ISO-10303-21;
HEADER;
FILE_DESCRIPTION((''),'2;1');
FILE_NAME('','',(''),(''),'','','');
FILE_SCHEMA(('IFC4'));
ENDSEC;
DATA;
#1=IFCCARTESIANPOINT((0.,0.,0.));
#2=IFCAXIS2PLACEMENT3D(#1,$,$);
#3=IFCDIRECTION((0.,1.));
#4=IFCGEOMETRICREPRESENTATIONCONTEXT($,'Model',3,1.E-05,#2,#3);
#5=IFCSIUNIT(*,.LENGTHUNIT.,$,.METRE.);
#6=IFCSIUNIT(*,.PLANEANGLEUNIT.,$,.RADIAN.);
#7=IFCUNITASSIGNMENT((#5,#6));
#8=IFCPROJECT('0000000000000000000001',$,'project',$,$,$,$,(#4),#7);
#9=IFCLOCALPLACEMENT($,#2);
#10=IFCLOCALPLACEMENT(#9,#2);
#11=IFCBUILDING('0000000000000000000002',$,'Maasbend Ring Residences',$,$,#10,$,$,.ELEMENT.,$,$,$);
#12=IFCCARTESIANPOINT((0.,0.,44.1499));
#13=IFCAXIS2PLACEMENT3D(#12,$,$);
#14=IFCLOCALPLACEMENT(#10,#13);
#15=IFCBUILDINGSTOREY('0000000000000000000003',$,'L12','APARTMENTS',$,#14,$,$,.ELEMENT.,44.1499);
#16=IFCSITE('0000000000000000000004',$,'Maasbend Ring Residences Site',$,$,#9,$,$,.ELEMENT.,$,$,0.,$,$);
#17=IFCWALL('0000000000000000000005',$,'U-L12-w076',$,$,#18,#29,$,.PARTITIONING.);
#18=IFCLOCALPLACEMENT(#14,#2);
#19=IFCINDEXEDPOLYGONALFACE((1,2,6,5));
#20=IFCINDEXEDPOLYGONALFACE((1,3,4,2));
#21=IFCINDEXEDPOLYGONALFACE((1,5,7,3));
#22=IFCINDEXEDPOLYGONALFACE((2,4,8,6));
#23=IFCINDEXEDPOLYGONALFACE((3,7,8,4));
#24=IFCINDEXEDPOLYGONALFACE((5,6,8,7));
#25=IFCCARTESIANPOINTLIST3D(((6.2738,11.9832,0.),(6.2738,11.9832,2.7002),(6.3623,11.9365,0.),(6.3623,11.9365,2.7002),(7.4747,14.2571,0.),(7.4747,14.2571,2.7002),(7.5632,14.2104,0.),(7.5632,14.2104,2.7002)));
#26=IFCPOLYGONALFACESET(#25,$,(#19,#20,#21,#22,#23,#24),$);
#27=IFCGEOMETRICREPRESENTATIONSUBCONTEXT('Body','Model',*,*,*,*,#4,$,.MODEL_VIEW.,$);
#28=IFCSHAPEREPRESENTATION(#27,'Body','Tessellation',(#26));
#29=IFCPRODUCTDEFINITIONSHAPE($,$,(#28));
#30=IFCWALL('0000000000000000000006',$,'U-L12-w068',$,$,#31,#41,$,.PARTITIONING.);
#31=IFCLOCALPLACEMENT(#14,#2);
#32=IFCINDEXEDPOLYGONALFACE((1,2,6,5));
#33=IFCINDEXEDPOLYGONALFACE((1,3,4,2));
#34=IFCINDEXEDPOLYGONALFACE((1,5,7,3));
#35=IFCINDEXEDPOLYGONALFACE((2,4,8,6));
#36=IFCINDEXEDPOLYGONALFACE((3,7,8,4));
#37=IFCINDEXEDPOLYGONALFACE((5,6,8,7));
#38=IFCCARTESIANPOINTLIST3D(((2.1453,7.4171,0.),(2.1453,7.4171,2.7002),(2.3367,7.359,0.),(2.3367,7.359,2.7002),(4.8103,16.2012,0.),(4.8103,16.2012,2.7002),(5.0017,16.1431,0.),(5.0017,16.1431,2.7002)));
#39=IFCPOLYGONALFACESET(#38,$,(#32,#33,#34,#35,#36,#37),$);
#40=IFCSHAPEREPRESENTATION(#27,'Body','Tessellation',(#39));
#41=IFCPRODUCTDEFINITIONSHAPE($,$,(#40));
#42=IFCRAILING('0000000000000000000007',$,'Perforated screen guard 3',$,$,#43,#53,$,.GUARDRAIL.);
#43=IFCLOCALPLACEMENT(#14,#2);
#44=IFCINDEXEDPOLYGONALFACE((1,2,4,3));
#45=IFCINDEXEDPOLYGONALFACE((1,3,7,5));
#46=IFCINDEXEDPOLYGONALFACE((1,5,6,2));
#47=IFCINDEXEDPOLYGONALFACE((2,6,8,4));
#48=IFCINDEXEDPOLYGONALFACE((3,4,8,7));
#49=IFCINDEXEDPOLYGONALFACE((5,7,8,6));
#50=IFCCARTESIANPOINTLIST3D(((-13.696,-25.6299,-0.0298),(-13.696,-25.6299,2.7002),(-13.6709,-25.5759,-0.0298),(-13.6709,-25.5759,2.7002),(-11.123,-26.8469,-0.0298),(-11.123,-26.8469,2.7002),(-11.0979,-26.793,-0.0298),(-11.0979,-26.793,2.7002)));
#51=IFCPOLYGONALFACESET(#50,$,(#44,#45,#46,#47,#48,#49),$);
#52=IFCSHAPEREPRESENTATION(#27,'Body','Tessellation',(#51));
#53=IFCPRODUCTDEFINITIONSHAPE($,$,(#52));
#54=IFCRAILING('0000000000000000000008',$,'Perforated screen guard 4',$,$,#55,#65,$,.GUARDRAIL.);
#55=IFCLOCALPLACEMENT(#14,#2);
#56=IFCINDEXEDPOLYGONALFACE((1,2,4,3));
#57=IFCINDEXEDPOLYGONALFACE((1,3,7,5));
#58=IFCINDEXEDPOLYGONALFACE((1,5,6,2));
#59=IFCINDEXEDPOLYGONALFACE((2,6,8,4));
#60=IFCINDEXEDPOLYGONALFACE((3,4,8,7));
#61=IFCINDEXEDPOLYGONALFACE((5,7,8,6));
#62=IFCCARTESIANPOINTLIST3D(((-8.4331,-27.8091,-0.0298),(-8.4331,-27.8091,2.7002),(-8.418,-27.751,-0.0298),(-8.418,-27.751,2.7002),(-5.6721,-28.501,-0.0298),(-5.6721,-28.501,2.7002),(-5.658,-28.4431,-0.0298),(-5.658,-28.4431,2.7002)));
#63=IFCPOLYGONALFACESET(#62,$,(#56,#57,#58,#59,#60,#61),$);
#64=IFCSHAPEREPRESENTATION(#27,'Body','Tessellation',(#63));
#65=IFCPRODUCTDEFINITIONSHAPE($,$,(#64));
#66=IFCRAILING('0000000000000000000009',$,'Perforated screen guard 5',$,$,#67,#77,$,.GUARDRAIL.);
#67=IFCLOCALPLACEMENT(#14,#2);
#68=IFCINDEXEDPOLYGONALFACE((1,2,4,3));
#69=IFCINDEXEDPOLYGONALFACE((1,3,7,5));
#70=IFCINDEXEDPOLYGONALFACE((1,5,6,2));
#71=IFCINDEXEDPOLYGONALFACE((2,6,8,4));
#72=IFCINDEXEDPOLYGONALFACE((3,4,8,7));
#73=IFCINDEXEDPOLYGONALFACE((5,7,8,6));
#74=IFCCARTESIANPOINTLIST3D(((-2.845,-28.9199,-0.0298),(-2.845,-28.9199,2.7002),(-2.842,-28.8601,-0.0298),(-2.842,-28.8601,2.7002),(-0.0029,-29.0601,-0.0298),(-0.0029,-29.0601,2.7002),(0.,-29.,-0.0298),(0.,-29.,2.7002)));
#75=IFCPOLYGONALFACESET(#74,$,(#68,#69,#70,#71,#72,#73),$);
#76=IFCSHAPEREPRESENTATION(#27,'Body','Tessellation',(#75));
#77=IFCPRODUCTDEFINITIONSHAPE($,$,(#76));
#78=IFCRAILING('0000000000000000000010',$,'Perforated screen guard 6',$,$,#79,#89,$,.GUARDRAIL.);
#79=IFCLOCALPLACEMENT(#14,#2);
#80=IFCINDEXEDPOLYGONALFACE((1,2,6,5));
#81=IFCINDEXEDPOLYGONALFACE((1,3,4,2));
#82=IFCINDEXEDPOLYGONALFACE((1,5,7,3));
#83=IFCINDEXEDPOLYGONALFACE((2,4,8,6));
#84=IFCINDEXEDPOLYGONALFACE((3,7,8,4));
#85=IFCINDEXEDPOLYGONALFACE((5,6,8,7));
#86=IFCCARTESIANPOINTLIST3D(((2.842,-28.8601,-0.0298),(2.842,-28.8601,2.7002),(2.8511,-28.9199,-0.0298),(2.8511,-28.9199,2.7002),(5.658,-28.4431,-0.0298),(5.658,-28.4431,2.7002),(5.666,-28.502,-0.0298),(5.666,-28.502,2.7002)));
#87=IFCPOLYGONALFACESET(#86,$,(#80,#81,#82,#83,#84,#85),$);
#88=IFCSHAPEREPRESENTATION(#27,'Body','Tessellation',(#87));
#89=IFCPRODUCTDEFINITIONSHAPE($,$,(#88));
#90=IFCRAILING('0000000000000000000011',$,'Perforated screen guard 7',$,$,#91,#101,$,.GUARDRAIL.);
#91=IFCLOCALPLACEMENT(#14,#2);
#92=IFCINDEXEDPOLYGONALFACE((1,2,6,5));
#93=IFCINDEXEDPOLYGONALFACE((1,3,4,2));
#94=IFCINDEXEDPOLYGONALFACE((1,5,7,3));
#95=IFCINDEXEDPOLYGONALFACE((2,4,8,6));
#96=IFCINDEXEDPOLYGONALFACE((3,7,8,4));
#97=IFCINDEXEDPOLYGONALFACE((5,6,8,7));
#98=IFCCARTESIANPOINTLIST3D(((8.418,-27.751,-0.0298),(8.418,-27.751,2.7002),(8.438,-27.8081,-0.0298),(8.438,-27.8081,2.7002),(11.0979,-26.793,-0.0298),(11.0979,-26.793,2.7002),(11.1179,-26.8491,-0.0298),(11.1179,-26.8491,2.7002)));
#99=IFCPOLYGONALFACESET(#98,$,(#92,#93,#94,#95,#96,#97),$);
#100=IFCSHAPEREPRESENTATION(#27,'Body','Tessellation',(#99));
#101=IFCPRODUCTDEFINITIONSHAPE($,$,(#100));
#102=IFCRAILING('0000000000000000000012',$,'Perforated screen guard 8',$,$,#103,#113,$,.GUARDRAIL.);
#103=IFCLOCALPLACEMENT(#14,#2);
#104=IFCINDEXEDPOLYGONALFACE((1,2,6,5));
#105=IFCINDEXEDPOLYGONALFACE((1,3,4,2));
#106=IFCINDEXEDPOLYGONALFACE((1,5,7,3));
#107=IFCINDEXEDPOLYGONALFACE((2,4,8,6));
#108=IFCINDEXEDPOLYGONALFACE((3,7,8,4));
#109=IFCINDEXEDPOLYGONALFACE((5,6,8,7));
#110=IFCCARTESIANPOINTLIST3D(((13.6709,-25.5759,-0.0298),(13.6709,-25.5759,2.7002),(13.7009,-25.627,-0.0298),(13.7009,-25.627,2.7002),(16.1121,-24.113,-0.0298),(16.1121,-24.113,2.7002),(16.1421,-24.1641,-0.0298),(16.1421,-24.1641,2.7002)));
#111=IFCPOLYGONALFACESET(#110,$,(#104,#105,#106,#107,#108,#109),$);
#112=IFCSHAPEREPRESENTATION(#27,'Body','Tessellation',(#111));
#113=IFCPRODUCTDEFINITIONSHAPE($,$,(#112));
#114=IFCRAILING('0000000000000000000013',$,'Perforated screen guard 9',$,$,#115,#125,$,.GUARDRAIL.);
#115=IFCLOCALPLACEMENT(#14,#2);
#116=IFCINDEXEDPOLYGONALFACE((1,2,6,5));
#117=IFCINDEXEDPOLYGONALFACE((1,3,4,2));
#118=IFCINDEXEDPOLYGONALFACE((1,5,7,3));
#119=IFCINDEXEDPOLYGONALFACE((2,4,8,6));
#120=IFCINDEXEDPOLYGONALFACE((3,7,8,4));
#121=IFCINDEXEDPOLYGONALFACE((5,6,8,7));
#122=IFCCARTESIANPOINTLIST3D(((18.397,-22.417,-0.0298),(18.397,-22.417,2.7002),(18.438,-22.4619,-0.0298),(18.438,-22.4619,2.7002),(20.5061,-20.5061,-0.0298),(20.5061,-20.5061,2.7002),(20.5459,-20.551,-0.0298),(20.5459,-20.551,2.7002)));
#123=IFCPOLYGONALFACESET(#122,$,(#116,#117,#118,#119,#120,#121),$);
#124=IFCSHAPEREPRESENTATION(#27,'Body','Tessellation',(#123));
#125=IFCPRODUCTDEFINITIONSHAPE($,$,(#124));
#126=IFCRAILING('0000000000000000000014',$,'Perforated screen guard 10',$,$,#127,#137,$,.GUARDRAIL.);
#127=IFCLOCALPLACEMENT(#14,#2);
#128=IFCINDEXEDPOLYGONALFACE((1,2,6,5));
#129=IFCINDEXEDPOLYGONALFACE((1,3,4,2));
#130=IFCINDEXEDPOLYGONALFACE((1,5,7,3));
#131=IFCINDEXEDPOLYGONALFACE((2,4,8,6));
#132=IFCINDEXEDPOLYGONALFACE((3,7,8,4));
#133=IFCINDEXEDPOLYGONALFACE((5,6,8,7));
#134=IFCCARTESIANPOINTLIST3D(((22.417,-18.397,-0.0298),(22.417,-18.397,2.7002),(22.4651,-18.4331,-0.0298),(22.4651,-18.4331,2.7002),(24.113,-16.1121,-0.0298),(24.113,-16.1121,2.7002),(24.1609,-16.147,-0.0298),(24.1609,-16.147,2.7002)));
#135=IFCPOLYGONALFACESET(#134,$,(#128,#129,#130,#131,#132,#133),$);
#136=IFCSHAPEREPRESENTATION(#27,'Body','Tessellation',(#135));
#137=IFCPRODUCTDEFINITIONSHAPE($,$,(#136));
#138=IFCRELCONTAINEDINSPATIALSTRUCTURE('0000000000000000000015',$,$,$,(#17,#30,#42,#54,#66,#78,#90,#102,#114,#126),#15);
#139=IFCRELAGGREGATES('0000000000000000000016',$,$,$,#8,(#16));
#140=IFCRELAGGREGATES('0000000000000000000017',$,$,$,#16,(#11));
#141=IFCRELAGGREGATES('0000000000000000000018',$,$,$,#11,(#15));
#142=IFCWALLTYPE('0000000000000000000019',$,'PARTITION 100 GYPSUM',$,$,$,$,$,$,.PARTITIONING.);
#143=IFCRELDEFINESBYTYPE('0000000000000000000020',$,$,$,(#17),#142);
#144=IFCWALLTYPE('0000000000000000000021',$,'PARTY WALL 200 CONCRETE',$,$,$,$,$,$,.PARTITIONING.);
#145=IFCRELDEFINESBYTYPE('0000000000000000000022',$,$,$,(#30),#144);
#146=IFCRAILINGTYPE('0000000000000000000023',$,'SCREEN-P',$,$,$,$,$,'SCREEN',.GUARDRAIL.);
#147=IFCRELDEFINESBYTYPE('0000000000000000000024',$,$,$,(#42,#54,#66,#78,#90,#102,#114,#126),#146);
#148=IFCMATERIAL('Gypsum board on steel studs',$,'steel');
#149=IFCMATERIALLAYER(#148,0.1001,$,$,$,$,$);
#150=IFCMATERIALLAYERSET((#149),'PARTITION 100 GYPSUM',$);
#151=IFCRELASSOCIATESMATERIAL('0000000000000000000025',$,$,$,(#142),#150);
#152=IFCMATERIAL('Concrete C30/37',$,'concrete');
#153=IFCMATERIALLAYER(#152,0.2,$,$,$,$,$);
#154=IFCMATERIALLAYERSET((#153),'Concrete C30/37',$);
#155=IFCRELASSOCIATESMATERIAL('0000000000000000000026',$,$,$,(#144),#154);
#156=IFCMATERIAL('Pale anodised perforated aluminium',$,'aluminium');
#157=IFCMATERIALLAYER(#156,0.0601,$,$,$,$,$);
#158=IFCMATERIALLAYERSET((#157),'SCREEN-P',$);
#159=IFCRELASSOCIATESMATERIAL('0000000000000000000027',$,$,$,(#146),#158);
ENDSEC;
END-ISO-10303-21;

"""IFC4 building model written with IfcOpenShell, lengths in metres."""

from ifc_helpers import new_model, si_unit, direction, frame, frame_2d, origin, place, context, subcontext, project, spatial, polyline, rectangle, outline, extrude, material, layer, layer_set, type_object, element, save


model = new_model("IFC4")

# Units and contexts
model_context = context("Model", 3, precision=1e-05, world=origin(), true_north=direction((0.0, 1.0)))
body_context = subcontext(model_context, "Body", "Model", "MODEL_VIEW")
ifc_project = project(units=[si_unit("LENGTHUNIT", "METRE"), si_unit("PLANEANGLEUNIT", "RADIAN")], contexts=[model_context])

# Site, building, storey
site_placement = place(None, origin())
site = spatial("IfcSite", under=ifc_project, at=site_placement, Name="Maasbend Ring Residences Site", CompositionType="ELEMENT", RefElevation=0.0)
building_placement = place(site_placement, origin())
building = spatial("IfcBuilding", under=site, at=building_placement, Name="Maasbend Ring Residences", CompositionType="ELEMENT")
storey_placement = place(building_placement, frame((0.0, 0.0, 44.1499)))
storey = spatial("IfcBuildingStorey", under=building, at=storey_placement, Name="L12", Description="APARTMENTS", CompositionType="ELEMENT", Elevation=44.1499)

# Shared definitions
ifc_material_1 = material(Name="Gypsum board on steel studs", Category="steel")
ifc_layer_1 = layer(ifc_material_1, 0.1001)
ifc_layer_set_1 = layer_set([ifc_layer_1], Name="PARTITION 100 GYPSUM")
wall_type_1 = type_object("IfcWallType", Name="PARTITION 100 GYPSUM", PredefinedType="PARTITIONING", material=ifc_layer_set_1)

# Walls
wall_1_placement = place(storey_placement, frame((6.3181, 11.96, 0.0), z_axis=(0.0, 0.0, 1.0), x_axis=(0.467002, 0.884256, 0.0)))
element("IfcWall", 1, at=wall_1_placement, inside=storey, type_object=wall_type_1, Name="U-L12-w076", PredefinedType="PARTITIONING", context=body_context, shape_type="SweptSolid", body=[
    extrude(rectangle(XDim=2.5715, YDim=0.1001, at=frame_2d((1.2856, 0.0))), origin(), (0.0, 0.0, 1.0), 2.7002),
])
ifc_material_2 = material(Name="Concrete C30/37", Category="concrete")
ifc_layer_2 = layer(ifc_material_2, 0.2)
ifc_layer_set_2 = layer_set([ifc_layer_2], Name="Concrete C30/37")
wall_type_2 = type_object("IfcWallType", Name="PARTY WALL 200 CONCRETE", PredefinedType="PARTITIONING", material=ifc_layer_set_2)
wall_2_placement = place(storey_placement, frame((2.241, 7.3879, 0.0), z_axis=(0.0, 0.0, 1.0), x_axis=(0.290323, 0.956929, 0.0)))
element("IfcWall", 2, at=wall_2_placement, inside=storey, type_object=wall_type_2, Name="U-L12-w068", PredefinedType="PARTITIONING", context=body_context, shape_type="SweptSolid", body=[
    extrude(rectangle(XDim=9.1794, YDim=0.2, at=frame_2d((4.5898, 0.0))), origin(), (0.0, 0.0, 1.0), 2.7002),
])

# Railings
ifc_material_3 = material(Name="Pale anodised perforated aluminium", Category="aluminium")
ifc_layer_3 = layer(ifc_material_3, 0.0601)
ifc_layer_set_3 = layer_set([ifc_layer_3], Name="SCREEN-P")
railing_type = type_object("IfcRailingType", Name="SCREEN-P", ElementType="SCREEN", PredefinedType="GUARDRAIL", material=ifc_layer_set_3)
railing_1_placement = place(storey_placement, frame((0.0, 0.0, -0.0298)))
element("IfcRailing", 3, at=railing_1_placement, inside=storey, type_object=railing_type, Name="Perforated screen guard 3", PredefinedType="GUARDRAIL", context=body_context, shape_type="SweptSolid", body=[
    extrude(outline(polyline([(-13.6709, -25.5759), (-11.0979, -26.793), (-11.123, -26.8469), (-13.696, -25.6299), (-13.6709, -25.5759)])), origin(), (0.0, 0.0, 1.0), 2.73),
])
railing_2_placement = place(storey_placement, frame((0.0, 0.0, -0.0298)))
element("IfcRailing", 4, at=railing_2_placement, inside=storey, type_object=railing_type, Name="Perforated screen guard 4", PredefinedType="GUARDRAIL", context=body_context, shape_type="SweptSolid", body=[
    extrude(outline(polyline([(-8.418, -27.751), (-5.658, -28.4431), (-5.6721, -28.501), (-8.4331, -27.8091), (-8.418, -27.751)])), origin(), (0.0, 0.0, 1.0), 2.73),
])
railing_3_placement = place(storey_placement, frame((0.0, 0.0, -0.0298)))
element("IfcRailing", 5, at=railing_3_placement, inside=storey, type_object=railing_type, Name="Perforated screen guard 5", PredefinedType="GUARDRAIL", context=body_context, shape_type="SweptSolid", body=[
    extrude(outline(polyline([(-2.842, -28.8601), (0.0, -29.0), (-0.0029, -29.0601), (-2.845, -28.9199), (-2.842, -28.8601)])), origin(), (0.0, 0.0, 1.0), 2.73),
])
railing_4_placement = place(storey_placement, frame((0.0, 0.0, -0.0298)))
element("IfcRailing", 6, at=railing_4_placement, inside=storey, type_object=railing_type, Name="Perforated screen guard 6", PredefinedType="GUARDRAIL", context=body_context, shape_type="SweptSolid", body=[
    extrude(outline(polyline([(2.842, -28.8601), (5.658, -28.4431), (5.666, -28.502), (2.8511, -28.9199), (2.842, -28.8601)])), origin(), (0.0, 0.0, 1.0), 2.73),
])
railing_5_placement = place(storey_placement, frame((0.0, 0.0, -0.0298)))
element("IfcRailing", 7, at=railing_5_placement, inside=storey, type_object=railing_type, Name="Perforated screen guard 7", PredefinedType="GUARDRAIL", context=body_context, shape_type="SweptSolid", body=[
    extrude(outline(polyline([(8.418, -27.751), (11.0979, -26.793), (11.1179, -26.8491), (8.438, -27.8081), (8.418, -27.751)])), origin(), (0.0, 0.0, 1.0), 2.73),
])
railing_6_placement = place(storey_placement, frame((0.0, 0.0, -0.0298)))
element("IfcRailing", 8, at=railing_6_placement, inside=storey, type_object=railing_type, Name="Perforated screen guard 8", PredefinedType="GUARDRAIL", context=body_context, shape_type="SweptSolid", body=[
    extrude(outline(polyline([(13.6709, -25.5759), (16.1121, -24.113), (16.1421, -24.1641), (13.7009, -25.627), (13.6709, -25.5759)])), origin(), (0.0, 0.0, 1.0), 2.73),
])
railing_7_placement = place(storey_placement, frame((0.0, 0.0, -0.0298)))
element("IfcRailing", 9, at=railing_7_placement, inside=storey, type_object=railing_type, Name="Perforated screen guard 9", PredefinedType="GUARDRAIL", context=body_context, shape_type="SweptSolid", body=[
    extrude(outline(polyline([(18.397, -22.417), (20.5061, -20.5061), (20.5459, -20.551), (18.438, -22.4619), (18.397, -22.417)])), origin(), (0.0, 0.0, 1.0), 2.73),
])
railing_8_placement = place(storey_placement, frame((0.0, 0.0, -0.0298)))
element("IfcRailing", 10, at=railing_8_placement, inside=storey, type_object=railing_type, Name="Perforated screen guard 10", PredefinedType="GUARDRAIL", context=body_context, shape_type="SweptSolid", body=[
    extrude(outline(polyline([(22.417, -18.397), (24.113, -16.1121), (24.1609, -16.147), (22.4651, -18.4331), (22.417, -18.397)])), origin(), (0.0, 0.0, 1.0), 2.73),
])

save(model, "model.ifc")
